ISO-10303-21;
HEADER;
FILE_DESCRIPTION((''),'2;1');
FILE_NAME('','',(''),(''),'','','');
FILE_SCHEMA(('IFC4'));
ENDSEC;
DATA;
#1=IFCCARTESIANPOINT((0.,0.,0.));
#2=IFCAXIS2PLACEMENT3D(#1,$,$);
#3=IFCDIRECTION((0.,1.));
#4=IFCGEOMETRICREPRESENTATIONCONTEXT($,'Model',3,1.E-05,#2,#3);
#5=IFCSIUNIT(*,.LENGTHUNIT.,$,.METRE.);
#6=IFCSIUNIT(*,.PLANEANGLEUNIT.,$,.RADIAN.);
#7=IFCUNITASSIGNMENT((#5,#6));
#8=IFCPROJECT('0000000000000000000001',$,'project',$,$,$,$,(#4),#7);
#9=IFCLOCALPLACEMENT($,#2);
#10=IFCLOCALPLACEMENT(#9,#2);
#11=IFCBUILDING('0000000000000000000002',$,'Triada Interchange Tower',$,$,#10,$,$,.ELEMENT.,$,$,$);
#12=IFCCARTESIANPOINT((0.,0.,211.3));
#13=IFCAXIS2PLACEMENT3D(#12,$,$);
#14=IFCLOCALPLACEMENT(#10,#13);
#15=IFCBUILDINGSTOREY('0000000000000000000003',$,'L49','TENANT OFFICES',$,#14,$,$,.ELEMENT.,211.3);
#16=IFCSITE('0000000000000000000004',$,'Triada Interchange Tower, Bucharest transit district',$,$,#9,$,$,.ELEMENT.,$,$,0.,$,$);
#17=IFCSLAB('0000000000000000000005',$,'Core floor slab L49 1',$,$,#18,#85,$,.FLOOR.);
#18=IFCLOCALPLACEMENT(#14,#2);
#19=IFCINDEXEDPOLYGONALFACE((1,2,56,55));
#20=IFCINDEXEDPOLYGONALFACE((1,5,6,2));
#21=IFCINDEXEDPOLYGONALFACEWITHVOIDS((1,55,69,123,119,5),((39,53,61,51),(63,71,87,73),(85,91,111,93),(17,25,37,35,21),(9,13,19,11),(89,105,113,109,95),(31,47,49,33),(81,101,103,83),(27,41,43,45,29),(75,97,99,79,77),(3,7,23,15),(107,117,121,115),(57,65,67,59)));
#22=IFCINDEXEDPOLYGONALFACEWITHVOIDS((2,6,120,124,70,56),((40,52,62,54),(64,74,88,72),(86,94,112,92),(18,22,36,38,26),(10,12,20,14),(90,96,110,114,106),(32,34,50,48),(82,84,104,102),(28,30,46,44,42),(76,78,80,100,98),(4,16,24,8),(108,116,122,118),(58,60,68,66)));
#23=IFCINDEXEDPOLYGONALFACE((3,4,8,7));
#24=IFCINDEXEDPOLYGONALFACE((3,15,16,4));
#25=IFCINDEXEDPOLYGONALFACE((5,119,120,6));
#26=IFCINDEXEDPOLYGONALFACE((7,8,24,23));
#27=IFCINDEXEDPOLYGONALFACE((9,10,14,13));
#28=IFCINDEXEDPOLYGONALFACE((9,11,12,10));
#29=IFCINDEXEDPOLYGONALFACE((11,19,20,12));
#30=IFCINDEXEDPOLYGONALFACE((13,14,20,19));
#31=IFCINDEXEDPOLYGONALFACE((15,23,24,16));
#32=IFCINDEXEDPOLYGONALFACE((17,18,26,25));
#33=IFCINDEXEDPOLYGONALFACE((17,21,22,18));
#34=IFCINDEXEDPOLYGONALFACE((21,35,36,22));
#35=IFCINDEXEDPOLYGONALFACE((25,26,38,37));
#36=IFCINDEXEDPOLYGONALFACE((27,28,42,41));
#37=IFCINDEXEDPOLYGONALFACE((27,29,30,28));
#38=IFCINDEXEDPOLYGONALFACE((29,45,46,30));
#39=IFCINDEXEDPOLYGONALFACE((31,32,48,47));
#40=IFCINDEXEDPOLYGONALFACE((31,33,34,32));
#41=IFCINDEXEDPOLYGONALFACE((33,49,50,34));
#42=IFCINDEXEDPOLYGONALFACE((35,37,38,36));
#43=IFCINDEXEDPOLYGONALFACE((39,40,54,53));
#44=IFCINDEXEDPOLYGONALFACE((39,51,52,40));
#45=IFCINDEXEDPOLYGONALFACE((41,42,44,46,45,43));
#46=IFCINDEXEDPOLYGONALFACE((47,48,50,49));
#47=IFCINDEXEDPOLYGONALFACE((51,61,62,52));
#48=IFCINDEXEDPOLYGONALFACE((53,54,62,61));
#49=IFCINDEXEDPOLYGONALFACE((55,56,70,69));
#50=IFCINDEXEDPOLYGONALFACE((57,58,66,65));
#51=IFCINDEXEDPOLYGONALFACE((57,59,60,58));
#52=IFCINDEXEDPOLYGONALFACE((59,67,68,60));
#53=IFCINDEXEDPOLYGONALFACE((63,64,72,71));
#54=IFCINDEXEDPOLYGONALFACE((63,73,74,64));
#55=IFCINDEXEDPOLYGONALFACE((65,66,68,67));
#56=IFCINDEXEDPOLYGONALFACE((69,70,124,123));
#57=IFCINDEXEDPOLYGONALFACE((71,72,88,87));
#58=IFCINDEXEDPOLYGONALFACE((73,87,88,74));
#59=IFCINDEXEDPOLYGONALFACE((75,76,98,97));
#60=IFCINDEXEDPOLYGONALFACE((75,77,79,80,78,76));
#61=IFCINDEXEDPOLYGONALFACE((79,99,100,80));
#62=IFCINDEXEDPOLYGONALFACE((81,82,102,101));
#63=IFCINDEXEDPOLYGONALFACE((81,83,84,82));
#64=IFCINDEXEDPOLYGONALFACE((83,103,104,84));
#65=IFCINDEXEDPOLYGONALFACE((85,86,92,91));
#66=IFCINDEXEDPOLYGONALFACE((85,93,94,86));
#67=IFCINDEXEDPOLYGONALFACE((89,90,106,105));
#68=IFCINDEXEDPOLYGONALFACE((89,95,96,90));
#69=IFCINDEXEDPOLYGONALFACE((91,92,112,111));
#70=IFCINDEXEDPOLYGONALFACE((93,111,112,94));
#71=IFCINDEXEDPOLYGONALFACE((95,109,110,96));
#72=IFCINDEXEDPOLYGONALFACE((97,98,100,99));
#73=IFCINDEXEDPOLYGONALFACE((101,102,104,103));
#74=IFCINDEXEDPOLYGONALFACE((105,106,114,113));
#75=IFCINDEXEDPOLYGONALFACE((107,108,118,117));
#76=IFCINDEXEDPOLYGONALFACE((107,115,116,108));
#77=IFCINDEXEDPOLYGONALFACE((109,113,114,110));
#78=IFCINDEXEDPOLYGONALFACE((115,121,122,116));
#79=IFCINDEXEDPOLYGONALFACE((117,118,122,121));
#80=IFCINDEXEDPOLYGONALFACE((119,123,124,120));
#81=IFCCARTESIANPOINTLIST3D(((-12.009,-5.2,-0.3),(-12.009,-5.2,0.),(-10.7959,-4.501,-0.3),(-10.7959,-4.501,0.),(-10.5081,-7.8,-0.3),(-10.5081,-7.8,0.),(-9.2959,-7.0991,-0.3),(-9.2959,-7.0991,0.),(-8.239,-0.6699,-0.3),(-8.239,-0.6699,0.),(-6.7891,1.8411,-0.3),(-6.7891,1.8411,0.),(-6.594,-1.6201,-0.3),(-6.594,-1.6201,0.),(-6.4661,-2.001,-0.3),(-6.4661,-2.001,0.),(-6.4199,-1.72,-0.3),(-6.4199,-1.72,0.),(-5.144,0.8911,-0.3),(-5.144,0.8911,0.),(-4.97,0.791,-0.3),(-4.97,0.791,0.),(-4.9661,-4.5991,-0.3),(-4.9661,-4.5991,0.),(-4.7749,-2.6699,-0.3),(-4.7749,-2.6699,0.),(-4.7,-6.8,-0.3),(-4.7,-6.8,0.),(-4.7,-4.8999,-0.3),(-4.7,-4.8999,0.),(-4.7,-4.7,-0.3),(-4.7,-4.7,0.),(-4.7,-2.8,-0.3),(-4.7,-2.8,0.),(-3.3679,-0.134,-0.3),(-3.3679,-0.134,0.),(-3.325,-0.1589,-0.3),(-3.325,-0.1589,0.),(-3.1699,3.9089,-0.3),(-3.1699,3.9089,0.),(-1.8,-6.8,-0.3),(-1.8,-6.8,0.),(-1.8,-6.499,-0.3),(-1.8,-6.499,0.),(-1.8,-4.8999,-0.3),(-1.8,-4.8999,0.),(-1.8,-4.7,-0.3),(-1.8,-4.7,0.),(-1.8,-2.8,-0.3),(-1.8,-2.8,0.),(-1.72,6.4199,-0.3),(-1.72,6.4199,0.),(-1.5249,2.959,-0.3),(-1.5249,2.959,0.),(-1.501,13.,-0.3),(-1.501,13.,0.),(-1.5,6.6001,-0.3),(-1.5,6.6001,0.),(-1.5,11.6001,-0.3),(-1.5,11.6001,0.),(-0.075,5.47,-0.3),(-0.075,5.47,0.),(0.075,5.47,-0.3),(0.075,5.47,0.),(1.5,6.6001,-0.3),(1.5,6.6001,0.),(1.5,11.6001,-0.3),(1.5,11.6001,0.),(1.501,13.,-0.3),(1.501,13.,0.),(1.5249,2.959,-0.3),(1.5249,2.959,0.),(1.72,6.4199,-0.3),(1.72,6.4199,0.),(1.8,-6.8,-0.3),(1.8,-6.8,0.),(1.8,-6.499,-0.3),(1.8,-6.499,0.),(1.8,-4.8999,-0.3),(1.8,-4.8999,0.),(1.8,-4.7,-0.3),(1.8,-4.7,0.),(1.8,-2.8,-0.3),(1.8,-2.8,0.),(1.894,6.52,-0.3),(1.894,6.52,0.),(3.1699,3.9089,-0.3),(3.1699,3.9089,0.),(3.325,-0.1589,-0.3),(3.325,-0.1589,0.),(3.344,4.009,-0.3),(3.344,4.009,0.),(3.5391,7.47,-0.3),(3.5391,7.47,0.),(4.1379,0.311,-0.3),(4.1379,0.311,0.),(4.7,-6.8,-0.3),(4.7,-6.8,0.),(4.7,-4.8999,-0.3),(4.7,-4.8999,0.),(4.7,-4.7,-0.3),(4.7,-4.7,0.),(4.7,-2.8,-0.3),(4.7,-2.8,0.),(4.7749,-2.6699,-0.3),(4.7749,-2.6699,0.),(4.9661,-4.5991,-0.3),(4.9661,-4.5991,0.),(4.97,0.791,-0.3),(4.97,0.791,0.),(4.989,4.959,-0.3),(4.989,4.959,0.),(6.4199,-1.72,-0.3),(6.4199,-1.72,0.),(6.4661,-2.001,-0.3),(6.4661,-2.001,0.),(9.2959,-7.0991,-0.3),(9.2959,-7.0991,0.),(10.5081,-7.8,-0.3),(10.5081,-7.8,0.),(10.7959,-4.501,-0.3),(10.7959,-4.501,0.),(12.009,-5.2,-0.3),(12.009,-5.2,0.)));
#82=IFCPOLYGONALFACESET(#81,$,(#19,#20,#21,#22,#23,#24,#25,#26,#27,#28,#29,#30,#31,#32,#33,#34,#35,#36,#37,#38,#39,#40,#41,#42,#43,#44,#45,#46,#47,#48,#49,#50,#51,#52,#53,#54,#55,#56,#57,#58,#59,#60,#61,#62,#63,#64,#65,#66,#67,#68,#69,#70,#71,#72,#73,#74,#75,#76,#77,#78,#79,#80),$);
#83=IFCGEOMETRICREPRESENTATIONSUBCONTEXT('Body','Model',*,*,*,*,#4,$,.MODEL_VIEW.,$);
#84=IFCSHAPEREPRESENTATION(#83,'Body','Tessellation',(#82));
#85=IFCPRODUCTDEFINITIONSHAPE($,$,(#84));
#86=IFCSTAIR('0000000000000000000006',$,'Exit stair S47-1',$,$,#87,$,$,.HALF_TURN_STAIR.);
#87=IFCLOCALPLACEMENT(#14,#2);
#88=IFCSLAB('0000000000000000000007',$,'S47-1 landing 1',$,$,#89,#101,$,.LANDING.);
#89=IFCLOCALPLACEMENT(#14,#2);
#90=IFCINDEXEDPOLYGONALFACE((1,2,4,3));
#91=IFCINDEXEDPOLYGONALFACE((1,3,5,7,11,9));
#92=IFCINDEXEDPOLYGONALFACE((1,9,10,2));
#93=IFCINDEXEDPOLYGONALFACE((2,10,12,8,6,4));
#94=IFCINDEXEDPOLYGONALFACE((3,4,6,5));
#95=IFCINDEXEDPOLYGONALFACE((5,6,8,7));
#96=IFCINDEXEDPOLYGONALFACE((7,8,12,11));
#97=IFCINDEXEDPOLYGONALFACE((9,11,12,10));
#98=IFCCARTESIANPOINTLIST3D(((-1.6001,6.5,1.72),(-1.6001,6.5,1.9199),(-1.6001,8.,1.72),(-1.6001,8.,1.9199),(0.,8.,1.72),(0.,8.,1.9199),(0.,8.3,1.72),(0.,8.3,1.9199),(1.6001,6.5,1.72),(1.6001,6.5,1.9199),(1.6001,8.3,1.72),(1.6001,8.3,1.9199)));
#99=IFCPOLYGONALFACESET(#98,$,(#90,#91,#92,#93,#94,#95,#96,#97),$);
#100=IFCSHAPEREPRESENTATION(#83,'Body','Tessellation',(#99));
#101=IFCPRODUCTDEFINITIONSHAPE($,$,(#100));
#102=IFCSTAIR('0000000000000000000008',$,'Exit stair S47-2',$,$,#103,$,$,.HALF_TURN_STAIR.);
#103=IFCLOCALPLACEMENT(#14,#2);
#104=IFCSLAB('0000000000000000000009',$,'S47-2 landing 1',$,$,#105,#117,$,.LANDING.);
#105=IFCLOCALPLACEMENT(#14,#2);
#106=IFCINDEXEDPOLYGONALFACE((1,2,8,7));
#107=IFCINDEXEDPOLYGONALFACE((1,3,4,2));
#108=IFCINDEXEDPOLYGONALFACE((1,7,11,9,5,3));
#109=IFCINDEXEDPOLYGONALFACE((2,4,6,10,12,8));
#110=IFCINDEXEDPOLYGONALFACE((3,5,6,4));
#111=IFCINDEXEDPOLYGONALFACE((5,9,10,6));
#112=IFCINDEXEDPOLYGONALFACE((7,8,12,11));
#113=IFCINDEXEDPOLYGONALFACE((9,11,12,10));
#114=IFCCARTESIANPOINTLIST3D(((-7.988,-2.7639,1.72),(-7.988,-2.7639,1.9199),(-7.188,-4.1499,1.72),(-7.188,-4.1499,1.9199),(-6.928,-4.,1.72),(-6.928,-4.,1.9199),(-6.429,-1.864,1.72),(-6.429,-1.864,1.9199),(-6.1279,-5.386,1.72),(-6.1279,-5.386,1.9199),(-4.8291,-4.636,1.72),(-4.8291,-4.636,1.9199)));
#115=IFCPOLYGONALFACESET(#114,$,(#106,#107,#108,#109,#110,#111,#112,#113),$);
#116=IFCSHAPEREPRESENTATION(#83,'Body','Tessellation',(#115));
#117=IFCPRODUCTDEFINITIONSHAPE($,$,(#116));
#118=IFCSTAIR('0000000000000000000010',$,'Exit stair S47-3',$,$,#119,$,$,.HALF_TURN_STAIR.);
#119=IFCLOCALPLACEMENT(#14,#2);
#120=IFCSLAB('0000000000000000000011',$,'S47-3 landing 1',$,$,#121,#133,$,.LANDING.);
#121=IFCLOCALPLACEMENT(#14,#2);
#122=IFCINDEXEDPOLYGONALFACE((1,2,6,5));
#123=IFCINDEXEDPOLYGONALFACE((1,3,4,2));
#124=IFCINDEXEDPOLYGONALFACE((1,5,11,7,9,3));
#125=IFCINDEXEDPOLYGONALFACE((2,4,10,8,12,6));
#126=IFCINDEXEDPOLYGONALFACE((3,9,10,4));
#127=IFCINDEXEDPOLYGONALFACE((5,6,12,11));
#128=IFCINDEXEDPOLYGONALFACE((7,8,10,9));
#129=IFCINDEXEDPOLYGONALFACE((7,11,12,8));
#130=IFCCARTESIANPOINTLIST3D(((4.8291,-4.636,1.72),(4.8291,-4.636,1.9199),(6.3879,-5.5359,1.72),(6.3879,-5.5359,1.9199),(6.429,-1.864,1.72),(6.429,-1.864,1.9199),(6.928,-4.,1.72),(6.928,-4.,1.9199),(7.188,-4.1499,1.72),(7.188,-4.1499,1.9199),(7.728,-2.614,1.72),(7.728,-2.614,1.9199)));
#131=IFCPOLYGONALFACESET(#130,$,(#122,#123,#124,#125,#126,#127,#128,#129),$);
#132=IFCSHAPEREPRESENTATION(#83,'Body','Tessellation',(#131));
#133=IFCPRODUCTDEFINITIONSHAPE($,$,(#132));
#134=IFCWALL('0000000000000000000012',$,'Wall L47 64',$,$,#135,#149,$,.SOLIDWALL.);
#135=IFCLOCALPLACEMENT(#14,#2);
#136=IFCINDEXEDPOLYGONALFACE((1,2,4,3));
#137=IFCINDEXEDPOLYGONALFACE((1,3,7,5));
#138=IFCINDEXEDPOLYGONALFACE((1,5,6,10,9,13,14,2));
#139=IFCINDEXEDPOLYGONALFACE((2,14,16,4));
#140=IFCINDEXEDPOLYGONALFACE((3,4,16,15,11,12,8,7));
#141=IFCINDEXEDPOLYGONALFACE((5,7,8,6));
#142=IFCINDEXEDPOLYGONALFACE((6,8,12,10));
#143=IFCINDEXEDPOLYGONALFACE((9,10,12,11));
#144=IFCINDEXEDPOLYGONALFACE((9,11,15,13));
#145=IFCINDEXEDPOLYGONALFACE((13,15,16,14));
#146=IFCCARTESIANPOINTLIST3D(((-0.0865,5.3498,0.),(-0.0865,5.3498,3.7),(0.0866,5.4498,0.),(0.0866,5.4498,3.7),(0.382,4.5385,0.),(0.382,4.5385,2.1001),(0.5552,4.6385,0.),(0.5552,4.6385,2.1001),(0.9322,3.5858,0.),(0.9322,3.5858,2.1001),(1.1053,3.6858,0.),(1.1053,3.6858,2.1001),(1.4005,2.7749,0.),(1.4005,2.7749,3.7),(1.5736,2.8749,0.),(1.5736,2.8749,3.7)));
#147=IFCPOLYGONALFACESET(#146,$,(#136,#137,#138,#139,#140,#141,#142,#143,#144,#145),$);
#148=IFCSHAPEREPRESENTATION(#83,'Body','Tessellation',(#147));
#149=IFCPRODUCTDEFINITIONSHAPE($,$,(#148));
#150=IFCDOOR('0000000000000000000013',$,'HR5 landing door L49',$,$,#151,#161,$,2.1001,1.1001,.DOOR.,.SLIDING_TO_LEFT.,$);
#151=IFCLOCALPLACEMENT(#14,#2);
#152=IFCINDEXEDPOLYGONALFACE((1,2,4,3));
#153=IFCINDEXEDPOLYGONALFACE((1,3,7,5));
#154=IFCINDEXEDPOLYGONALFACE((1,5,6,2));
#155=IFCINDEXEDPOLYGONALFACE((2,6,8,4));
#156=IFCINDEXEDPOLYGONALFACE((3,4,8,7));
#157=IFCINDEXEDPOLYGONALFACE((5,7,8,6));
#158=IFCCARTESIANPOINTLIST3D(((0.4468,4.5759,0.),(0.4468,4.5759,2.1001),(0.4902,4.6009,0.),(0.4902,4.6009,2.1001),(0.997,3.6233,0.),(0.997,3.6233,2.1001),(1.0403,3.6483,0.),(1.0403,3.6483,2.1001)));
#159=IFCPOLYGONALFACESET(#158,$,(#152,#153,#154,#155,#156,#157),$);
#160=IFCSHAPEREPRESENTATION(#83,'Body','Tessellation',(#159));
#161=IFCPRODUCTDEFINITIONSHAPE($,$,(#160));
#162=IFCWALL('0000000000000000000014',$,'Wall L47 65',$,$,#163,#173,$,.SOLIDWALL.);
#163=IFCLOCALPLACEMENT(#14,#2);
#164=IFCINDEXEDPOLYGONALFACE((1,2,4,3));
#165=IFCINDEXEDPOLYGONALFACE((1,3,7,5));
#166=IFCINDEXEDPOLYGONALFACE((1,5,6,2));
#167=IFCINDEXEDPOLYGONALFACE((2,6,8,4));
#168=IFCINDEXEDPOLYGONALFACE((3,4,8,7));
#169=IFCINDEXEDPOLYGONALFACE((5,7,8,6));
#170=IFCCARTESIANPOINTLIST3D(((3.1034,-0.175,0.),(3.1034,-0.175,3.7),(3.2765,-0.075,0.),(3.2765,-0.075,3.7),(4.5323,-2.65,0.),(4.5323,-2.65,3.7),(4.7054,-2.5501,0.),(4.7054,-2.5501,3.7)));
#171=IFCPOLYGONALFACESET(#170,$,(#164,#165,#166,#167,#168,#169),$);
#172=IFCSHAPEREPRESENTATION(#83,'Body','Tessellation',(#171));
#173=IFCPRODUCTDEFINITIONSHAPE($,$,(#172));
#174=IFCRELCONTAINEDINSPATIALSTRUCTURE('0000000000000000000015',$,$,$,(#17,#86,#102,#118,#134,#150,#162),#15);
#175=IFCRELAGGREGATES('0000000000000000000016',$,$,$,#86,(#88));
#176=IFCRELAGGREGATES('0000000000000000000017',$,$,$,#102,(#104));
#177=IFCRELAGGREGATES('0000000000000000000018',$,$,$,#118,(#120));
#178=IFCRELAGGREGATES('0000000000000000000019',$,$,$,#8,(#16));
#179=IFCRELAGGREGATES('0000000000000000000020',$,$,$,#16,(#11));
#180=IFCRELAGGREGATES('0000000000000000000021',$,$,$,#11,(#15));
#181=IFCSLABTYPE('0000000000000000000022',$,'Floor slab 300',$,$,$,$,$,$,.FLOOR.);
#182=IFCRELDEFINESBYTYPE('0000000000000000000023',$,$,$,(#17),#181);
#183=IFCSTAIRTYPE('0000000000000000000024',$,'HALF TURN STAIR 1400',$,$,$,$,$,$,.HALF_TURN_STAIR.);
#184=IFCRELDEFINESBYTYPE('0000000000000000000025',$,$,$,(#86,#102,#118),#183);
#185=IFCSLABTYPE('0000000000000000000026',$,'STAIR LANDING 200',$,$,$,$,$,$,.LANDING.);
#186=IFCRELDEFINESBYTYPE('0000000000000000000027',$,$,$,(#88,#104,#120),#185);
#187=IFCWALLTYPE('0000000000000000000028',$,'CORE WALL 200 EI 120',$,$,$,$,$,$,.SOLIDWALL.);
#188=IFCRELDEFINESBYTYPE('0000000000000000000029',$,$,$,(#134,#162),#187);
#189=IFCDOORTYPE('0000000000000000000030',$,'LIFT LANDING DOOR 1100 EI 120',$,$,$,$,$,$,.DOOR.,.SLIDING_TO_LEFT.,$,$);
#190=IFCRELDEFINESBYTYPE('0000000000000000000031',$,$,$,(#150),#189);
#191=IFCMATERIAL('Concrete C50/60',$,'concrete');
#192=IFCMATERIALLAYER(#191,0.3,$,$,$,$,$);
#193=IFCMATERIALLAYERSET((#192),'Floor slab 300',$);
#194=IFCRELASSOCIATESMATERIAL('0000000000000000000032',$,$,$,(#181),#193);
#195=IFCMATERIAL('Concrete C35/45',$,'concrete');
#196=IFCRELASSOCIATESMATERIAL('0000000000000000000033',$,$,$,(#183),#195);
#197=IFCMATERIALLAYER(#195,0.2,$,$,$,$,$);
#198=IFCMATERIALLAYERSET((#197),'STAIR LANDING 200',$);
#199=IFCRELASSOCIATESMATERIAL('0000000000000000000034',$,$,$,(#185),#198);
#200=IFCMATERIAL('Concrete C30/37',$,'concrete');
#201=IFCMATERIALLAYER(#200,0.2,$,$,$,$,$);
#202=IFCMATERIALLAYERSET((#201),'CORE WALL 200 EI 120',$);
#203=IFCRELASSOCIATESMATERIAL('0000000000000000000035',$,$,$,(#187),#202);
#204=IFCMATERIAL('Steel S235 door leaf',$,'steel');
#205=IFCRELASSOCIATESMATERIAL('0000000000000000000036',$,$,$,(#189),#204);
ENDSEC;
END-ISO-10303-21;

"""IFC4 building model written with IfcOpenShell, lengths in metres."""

from ifc_helpers import new_model, si_unit, direction, frame, frame_2d, origin, place, context, subcontext, project, spatial, polyline, rectangle, outline, extrude, material, layer, layer_set, type_object, element, fill, aggregate, save


model = new_model("IFC4")

# Units and contexts
model_context = context("Model", 3, precision=1e-05, world=origin(), true_north=direction((0.0, 1.0)))
body_context = subcontext(model_context, "Body", "Model", "MODEL_VIEW")
ifc_project = project(units=[si_unit("LENGTHUNIT", "METRE"), si_unit("PLANEANGLEUNIT", "RADIAN")], contexts=[model_context])

# Site, building, storey
site_placement = place(None, origin())
site = spatial("IfcSite", under=ifc_project, at=site_placement, Name="Triada Interchange Tower, Bucharest transit district", CompositionType="ELEMENT", RefElevation=0.0)
building_placement = place(site_placement, origin())
building = spatial("IfcBuilding", under=site, at=building_placement, Name="Triada Interchange Tower", CompositionType="ELEMENT")
storey_placement = place(building_placement, frame((0.0, 0.0, 211.3)))
storey = spatial("IfcBuildingStorey", under=building, at=storey_placement, Name="L49", Description="TENANT OFFICES", CompositionType="ELEMENT", Elevation=211.3)

# Slab
ifc_material_1 = material(Name="Concrete C50/60", Category="concrete")
ifc_layer_1 = layer(ifc_material_1, 0.3)
ifc_layer_set_1 = layer_set([ifc_layer_1], Name="Floor slab 300")
slab_type_1 = type_object("IfcSlabType", Name="Floor slab 300", PredefinedType="FLOOR", material=ifc_layer_set_1)
slab_1_placement = place(storey_placement, frame((0.0, 0.0, -0.3)))
element("IfcSlab", 1, at=slab_1_placement, inside=storey, type_object=slab_type_1, Name="Core floor slab L49 1", PredefinedType="FLOOR", context=body_context, shape_type="SweptSolid", body=[
    extrude(outline(polyline([(12.009, -5.2), (10.5081, -7.8), (-10.5081, -7.8), (-12.009, -5.2), (-1.501, 13.0), (1.501, 13.0), (12.009, -5.2)]), holes=[polyline([(9.2959, -7.0991), (10.7959, -4.501), (6.4661, -2.001), (4.9661, -4.5991), (9.2959, -7.0991)]), polyline([(4.7749, -2.6699), (6.4199, -1.72), (4.97, 0.791), (4.1379, 0.311), (3.325, -0.1589), (4.7749, -2.6699)]), polyline([(1.894, 6.52), (3.344, 4.009), (4.989, 4.959), (3.5391, 7.47), (1.894, 6.52)]), polyline([(1.8, -4.8999), (1.8, -6.499), (1.8, -6.8), (4.7, -6.8), (4.7, -4.8999), (1.8, -4.8999)]), polyline([(4.7, -2.8), (1.8, -2.8), (1.8, -4.7), (4.7, -4.7), (4.7, -2.8)]), polyline([(0.075, 5.47), (1.5249, 2.959), (3.1699, 3.9089), (1.72, 6.4199), (0.075, 5.47)]), polyline([(-1.5, 11.6001), (-1.5, 6.6001), (1.5, 6.6001), (1.5, 11.6001), (-1.5, 11.6001)]), polyline([(-1.5249, 2.959), (-0.075, 5.47), (-1.72, 6.4199), (-3.1699, 3.9089), (-1.5249, 2.959)]), polyline([(-1.8, -2.8), (-4.7, -2.8), (-4.7, -4.7), (-1.8, -4.7), (-1.8, -2.8)]), polyline([(-4.7, -6.8), (-1.8, -6.8), (-1.8, -6.499), (-1.8, -4.8999), (-4.7, -4.8999), (-4.7, -6.8)]), polyline([(-3.3679, -0.134), (-4.97, 0.791), (-6.4199, -1.72), (-4.7749, -2.6699), (-3.325, -0.1589), (-3.3679, -0.134)]), polyline([(-10.7959, -4.501), (-9.2959, -7.0991), (-4.9661, -4.5991), (-6.4661, -2.001), (-10.7959, -4.501)]), polyline([(-6.594, -1.6201), (-5.144, 0.8911), (-6.7891, 1.8411), (-8.239, -0.6699), (-6.594, -1.6201)])]), origin(), (0.0, 0.0, 1.0), 0.3),
])

# Stairs, slabs
ifc_material_2 = material(Name="Concrete C35/45", Category="concrete")
stair_type = type_object("IfcStairType", Name="HALF TURN STAIR 1400", PredefinedType="HALF_TURN_STAIR", material=ifc_material_2)
stair_1_placement = place(storey_placement, origin())
stair_1 = element("IfcStair", 2, at=stair_1_placement, inside=storey, type_object=stair_type, Name="Exit stair S47-1", PredefinedType="HALF_TURN_STAIR")
ifc_layer_2 = layer(ifc_material_2, 0.2)
ifc_layer_set_2 = layer_set([ifc_layer_2], Name="STAIR LANDING 200")
slab_type_2 = type_object("IfcSlabType", Name="STAIR LANDING 200", PredefinedType="LANDING", material=ifc_layer_set_2)
slab_2_placement = place(storey_placement, frame((0.0, 0.0, 1.72)))
slab_2 = element("IfcSlab", 3, at=slab_2_placement, type_object=slab_type_2, Name="S47-1 landing 1", PredefinedType="LANDING", context=body_context, shape_type="SweptSolid", body=[
    extrude(outline(polyline([(1.6001, 6.5), (1.6001, 8.3), (0.0, 8.3), (0.0, 8.0), (-1.6001, 8.0), (-1.6001, 6.5), (1.6001, 6.5)])), origin(), (0.0, 0.0, 1.0), 0.2),
])
aggregate(stair_1, [slab_2])
stair_2_placement = place(storey_placement, origin())
stair_2 = element("IfcStair", 4, at=stair_2_placement, inside=storey, type_object=stair_type, Name="Exit stair S47-2", PredefinedType="HALF_TURN_STAIR")
slab_3_placement = place(storey_placement, frame((0.0, 0.0, 1.72)))
slab_3 = element("IfcSlab", 5, at=slab_3_placement, type_object=slab_type_2, Name="S47-2 landing 1", PredefinedType="LANDING", context=body_context, shape_type="SweptSolid", body=[
    extrude(outline(polyline([(-6.429, -1.864), (-7.988, -2.7639), (-7.188, -4.1499), (-6.928, -4.0), (-6.1279, -5.386), (-4.8291, -4.636), (-6.429, -1.864)])), origin(), (0.0, 0.0, 1.0), 0.2),
])
aggregate(stair_2, [slab_3])
stair_3_placement = place(storey_placement, origin())
stair_3 = element("IfcStair", 6, at=stair_3_placement, inside=storey, type_object=stair_type, Name="Exit stair S47-3", PredefinedType="HALF_TURN_STAIR")
slab_4_placement = place(storey_placement, frame((0.0, 0.0, 1.72)))
slab_4 = element("IfcSlab", 7, at=slab_4_placement, type_object=slab_type_2, Name="S47-3 landing 1", PredefinedType="LANDING", context=body_context, shape_type="SweptSolid", body=[
    extrude(outline(polyline([(4.8291, -4.636), (6.3879, -5.5359), (7.188, -4.1499), (6.928, -4.0), (7.728, -2.614), (6.429, -1.864), (4.8291, -4.636)])), origin(), (0.0, 0.0, 1.0), 0.2),
])
aggregate(stair_3, [slab_4])

# Wall, opening, door
ifc_material_3 = material(Name="Concrete C30/37", Category="concrete")
ifc_layer_3 = layer(ifc_material_3, 0.2)
ifc_layer_set_3 = layer_set([ifc_layer_3], Name="CORE WALL 200 EI 120")
wall_type_1 = type_object("IfcWallType", Name="CORE WALL 200 EI 120", PredefinedType="SOLIDWALL", material=ifc_layer_set_3)
wall_1_placement = place(storey_placement, frame((0.0, 5.3999, 0.0), z_axis=(0.0, 0.0, 1.0), x_axis=(0.500104, -0.865965, 0.0)))
wall_1 = element("IfcWall", 8, at=wall_1_placement, inside=storey, type_object=wall_type_1, Name="Wall L47 64", PredefinedType="SOLIDWALL", context=body_context, shape_type="SweptSolid", body=[
    extrude(rectangle(XDim=2.9734, YDim=0.2, at=frame_2d((1.4868, 0.0))), origin(), (0.0, 0.0, 1.0), 3.7),
])
opening_1_placement = place(wall_1_placement, frame((0.937, 0.0, 0.0)))
opening_1 = element("IfcOpeningElement", 9, at=opening_1_placement, cuts=wall_1, PredefinedType="OPENING", context=body_context, shape_type="SweptSolid", body=[
    extrude(rectangle(XDim=1.1001, YDim=2.1001, at=frame_2d((0.55, 1.05))), frame((0.0, 0.1099, 0.0), z_axis=(0.0, -1.0, 0.0), x_axis=(1.0, 0.0, 0.0)), (0.0, 0.0, 1.0), 0.22),
])
ifc_material_4 = material(Name="Steel S235 door leaf", Category="steel")
door_type_1 = type_object("IfcDoorType", Name="LIFT LANDING DOOR 1100 EI 120", OperationType="SLIDING_TO_LEFT", PredefinedType="DOOR", material=ifc_material_4)
door_1_placement = place(opening_1_placement, origin())
door_1 = element("IfcDoor", 10, at=door_1_placement, inside=storey, type_object=door_type_1, Name="HR5 landing door L49", OperationType="SLIDING_TO_LEFT", OverallHeight=2.1001, OverallWidth=1.1001, PredefinedType="DOOR", context=body_context, shape_type="SweptSolid", body=[
    extrude(rectangle(XDim=1.1001, YDim=2.1001, at=frame_2d((0.55, 1.05))), frame((0.0, 0.0249, 0.0), z_axis=(0.0, -1.0, 0.0), x_axis=(1.0, 0.0, 0.0)), (0.0, 0.0, 1.0), 0.05),
])
fill(opening_1, door_1)

# Wall
wall_2_placement = place(storey_placement, frame((3.1899, -0.125, 0.0), z_axis=(0.0, 0.0, 1.0), x_axis=(0.499989, -0.866032, 0.0)))
element("IfcWall", 11, at=wall_2_placement, inside=storey, type_object=wall_type_1, Name="Wall L47 65", PredefinedType="SOLIDWALL", context=body_context, shape_type="SweptSolid", body=[
    extrude(rectangle(XDim=2.8579, YDim=0.2, at=frame_2d((1.429, 0.0))), origin(), (0.0, 0.0, 1.0), 3.7),
])

save(model, "model.ifc")
